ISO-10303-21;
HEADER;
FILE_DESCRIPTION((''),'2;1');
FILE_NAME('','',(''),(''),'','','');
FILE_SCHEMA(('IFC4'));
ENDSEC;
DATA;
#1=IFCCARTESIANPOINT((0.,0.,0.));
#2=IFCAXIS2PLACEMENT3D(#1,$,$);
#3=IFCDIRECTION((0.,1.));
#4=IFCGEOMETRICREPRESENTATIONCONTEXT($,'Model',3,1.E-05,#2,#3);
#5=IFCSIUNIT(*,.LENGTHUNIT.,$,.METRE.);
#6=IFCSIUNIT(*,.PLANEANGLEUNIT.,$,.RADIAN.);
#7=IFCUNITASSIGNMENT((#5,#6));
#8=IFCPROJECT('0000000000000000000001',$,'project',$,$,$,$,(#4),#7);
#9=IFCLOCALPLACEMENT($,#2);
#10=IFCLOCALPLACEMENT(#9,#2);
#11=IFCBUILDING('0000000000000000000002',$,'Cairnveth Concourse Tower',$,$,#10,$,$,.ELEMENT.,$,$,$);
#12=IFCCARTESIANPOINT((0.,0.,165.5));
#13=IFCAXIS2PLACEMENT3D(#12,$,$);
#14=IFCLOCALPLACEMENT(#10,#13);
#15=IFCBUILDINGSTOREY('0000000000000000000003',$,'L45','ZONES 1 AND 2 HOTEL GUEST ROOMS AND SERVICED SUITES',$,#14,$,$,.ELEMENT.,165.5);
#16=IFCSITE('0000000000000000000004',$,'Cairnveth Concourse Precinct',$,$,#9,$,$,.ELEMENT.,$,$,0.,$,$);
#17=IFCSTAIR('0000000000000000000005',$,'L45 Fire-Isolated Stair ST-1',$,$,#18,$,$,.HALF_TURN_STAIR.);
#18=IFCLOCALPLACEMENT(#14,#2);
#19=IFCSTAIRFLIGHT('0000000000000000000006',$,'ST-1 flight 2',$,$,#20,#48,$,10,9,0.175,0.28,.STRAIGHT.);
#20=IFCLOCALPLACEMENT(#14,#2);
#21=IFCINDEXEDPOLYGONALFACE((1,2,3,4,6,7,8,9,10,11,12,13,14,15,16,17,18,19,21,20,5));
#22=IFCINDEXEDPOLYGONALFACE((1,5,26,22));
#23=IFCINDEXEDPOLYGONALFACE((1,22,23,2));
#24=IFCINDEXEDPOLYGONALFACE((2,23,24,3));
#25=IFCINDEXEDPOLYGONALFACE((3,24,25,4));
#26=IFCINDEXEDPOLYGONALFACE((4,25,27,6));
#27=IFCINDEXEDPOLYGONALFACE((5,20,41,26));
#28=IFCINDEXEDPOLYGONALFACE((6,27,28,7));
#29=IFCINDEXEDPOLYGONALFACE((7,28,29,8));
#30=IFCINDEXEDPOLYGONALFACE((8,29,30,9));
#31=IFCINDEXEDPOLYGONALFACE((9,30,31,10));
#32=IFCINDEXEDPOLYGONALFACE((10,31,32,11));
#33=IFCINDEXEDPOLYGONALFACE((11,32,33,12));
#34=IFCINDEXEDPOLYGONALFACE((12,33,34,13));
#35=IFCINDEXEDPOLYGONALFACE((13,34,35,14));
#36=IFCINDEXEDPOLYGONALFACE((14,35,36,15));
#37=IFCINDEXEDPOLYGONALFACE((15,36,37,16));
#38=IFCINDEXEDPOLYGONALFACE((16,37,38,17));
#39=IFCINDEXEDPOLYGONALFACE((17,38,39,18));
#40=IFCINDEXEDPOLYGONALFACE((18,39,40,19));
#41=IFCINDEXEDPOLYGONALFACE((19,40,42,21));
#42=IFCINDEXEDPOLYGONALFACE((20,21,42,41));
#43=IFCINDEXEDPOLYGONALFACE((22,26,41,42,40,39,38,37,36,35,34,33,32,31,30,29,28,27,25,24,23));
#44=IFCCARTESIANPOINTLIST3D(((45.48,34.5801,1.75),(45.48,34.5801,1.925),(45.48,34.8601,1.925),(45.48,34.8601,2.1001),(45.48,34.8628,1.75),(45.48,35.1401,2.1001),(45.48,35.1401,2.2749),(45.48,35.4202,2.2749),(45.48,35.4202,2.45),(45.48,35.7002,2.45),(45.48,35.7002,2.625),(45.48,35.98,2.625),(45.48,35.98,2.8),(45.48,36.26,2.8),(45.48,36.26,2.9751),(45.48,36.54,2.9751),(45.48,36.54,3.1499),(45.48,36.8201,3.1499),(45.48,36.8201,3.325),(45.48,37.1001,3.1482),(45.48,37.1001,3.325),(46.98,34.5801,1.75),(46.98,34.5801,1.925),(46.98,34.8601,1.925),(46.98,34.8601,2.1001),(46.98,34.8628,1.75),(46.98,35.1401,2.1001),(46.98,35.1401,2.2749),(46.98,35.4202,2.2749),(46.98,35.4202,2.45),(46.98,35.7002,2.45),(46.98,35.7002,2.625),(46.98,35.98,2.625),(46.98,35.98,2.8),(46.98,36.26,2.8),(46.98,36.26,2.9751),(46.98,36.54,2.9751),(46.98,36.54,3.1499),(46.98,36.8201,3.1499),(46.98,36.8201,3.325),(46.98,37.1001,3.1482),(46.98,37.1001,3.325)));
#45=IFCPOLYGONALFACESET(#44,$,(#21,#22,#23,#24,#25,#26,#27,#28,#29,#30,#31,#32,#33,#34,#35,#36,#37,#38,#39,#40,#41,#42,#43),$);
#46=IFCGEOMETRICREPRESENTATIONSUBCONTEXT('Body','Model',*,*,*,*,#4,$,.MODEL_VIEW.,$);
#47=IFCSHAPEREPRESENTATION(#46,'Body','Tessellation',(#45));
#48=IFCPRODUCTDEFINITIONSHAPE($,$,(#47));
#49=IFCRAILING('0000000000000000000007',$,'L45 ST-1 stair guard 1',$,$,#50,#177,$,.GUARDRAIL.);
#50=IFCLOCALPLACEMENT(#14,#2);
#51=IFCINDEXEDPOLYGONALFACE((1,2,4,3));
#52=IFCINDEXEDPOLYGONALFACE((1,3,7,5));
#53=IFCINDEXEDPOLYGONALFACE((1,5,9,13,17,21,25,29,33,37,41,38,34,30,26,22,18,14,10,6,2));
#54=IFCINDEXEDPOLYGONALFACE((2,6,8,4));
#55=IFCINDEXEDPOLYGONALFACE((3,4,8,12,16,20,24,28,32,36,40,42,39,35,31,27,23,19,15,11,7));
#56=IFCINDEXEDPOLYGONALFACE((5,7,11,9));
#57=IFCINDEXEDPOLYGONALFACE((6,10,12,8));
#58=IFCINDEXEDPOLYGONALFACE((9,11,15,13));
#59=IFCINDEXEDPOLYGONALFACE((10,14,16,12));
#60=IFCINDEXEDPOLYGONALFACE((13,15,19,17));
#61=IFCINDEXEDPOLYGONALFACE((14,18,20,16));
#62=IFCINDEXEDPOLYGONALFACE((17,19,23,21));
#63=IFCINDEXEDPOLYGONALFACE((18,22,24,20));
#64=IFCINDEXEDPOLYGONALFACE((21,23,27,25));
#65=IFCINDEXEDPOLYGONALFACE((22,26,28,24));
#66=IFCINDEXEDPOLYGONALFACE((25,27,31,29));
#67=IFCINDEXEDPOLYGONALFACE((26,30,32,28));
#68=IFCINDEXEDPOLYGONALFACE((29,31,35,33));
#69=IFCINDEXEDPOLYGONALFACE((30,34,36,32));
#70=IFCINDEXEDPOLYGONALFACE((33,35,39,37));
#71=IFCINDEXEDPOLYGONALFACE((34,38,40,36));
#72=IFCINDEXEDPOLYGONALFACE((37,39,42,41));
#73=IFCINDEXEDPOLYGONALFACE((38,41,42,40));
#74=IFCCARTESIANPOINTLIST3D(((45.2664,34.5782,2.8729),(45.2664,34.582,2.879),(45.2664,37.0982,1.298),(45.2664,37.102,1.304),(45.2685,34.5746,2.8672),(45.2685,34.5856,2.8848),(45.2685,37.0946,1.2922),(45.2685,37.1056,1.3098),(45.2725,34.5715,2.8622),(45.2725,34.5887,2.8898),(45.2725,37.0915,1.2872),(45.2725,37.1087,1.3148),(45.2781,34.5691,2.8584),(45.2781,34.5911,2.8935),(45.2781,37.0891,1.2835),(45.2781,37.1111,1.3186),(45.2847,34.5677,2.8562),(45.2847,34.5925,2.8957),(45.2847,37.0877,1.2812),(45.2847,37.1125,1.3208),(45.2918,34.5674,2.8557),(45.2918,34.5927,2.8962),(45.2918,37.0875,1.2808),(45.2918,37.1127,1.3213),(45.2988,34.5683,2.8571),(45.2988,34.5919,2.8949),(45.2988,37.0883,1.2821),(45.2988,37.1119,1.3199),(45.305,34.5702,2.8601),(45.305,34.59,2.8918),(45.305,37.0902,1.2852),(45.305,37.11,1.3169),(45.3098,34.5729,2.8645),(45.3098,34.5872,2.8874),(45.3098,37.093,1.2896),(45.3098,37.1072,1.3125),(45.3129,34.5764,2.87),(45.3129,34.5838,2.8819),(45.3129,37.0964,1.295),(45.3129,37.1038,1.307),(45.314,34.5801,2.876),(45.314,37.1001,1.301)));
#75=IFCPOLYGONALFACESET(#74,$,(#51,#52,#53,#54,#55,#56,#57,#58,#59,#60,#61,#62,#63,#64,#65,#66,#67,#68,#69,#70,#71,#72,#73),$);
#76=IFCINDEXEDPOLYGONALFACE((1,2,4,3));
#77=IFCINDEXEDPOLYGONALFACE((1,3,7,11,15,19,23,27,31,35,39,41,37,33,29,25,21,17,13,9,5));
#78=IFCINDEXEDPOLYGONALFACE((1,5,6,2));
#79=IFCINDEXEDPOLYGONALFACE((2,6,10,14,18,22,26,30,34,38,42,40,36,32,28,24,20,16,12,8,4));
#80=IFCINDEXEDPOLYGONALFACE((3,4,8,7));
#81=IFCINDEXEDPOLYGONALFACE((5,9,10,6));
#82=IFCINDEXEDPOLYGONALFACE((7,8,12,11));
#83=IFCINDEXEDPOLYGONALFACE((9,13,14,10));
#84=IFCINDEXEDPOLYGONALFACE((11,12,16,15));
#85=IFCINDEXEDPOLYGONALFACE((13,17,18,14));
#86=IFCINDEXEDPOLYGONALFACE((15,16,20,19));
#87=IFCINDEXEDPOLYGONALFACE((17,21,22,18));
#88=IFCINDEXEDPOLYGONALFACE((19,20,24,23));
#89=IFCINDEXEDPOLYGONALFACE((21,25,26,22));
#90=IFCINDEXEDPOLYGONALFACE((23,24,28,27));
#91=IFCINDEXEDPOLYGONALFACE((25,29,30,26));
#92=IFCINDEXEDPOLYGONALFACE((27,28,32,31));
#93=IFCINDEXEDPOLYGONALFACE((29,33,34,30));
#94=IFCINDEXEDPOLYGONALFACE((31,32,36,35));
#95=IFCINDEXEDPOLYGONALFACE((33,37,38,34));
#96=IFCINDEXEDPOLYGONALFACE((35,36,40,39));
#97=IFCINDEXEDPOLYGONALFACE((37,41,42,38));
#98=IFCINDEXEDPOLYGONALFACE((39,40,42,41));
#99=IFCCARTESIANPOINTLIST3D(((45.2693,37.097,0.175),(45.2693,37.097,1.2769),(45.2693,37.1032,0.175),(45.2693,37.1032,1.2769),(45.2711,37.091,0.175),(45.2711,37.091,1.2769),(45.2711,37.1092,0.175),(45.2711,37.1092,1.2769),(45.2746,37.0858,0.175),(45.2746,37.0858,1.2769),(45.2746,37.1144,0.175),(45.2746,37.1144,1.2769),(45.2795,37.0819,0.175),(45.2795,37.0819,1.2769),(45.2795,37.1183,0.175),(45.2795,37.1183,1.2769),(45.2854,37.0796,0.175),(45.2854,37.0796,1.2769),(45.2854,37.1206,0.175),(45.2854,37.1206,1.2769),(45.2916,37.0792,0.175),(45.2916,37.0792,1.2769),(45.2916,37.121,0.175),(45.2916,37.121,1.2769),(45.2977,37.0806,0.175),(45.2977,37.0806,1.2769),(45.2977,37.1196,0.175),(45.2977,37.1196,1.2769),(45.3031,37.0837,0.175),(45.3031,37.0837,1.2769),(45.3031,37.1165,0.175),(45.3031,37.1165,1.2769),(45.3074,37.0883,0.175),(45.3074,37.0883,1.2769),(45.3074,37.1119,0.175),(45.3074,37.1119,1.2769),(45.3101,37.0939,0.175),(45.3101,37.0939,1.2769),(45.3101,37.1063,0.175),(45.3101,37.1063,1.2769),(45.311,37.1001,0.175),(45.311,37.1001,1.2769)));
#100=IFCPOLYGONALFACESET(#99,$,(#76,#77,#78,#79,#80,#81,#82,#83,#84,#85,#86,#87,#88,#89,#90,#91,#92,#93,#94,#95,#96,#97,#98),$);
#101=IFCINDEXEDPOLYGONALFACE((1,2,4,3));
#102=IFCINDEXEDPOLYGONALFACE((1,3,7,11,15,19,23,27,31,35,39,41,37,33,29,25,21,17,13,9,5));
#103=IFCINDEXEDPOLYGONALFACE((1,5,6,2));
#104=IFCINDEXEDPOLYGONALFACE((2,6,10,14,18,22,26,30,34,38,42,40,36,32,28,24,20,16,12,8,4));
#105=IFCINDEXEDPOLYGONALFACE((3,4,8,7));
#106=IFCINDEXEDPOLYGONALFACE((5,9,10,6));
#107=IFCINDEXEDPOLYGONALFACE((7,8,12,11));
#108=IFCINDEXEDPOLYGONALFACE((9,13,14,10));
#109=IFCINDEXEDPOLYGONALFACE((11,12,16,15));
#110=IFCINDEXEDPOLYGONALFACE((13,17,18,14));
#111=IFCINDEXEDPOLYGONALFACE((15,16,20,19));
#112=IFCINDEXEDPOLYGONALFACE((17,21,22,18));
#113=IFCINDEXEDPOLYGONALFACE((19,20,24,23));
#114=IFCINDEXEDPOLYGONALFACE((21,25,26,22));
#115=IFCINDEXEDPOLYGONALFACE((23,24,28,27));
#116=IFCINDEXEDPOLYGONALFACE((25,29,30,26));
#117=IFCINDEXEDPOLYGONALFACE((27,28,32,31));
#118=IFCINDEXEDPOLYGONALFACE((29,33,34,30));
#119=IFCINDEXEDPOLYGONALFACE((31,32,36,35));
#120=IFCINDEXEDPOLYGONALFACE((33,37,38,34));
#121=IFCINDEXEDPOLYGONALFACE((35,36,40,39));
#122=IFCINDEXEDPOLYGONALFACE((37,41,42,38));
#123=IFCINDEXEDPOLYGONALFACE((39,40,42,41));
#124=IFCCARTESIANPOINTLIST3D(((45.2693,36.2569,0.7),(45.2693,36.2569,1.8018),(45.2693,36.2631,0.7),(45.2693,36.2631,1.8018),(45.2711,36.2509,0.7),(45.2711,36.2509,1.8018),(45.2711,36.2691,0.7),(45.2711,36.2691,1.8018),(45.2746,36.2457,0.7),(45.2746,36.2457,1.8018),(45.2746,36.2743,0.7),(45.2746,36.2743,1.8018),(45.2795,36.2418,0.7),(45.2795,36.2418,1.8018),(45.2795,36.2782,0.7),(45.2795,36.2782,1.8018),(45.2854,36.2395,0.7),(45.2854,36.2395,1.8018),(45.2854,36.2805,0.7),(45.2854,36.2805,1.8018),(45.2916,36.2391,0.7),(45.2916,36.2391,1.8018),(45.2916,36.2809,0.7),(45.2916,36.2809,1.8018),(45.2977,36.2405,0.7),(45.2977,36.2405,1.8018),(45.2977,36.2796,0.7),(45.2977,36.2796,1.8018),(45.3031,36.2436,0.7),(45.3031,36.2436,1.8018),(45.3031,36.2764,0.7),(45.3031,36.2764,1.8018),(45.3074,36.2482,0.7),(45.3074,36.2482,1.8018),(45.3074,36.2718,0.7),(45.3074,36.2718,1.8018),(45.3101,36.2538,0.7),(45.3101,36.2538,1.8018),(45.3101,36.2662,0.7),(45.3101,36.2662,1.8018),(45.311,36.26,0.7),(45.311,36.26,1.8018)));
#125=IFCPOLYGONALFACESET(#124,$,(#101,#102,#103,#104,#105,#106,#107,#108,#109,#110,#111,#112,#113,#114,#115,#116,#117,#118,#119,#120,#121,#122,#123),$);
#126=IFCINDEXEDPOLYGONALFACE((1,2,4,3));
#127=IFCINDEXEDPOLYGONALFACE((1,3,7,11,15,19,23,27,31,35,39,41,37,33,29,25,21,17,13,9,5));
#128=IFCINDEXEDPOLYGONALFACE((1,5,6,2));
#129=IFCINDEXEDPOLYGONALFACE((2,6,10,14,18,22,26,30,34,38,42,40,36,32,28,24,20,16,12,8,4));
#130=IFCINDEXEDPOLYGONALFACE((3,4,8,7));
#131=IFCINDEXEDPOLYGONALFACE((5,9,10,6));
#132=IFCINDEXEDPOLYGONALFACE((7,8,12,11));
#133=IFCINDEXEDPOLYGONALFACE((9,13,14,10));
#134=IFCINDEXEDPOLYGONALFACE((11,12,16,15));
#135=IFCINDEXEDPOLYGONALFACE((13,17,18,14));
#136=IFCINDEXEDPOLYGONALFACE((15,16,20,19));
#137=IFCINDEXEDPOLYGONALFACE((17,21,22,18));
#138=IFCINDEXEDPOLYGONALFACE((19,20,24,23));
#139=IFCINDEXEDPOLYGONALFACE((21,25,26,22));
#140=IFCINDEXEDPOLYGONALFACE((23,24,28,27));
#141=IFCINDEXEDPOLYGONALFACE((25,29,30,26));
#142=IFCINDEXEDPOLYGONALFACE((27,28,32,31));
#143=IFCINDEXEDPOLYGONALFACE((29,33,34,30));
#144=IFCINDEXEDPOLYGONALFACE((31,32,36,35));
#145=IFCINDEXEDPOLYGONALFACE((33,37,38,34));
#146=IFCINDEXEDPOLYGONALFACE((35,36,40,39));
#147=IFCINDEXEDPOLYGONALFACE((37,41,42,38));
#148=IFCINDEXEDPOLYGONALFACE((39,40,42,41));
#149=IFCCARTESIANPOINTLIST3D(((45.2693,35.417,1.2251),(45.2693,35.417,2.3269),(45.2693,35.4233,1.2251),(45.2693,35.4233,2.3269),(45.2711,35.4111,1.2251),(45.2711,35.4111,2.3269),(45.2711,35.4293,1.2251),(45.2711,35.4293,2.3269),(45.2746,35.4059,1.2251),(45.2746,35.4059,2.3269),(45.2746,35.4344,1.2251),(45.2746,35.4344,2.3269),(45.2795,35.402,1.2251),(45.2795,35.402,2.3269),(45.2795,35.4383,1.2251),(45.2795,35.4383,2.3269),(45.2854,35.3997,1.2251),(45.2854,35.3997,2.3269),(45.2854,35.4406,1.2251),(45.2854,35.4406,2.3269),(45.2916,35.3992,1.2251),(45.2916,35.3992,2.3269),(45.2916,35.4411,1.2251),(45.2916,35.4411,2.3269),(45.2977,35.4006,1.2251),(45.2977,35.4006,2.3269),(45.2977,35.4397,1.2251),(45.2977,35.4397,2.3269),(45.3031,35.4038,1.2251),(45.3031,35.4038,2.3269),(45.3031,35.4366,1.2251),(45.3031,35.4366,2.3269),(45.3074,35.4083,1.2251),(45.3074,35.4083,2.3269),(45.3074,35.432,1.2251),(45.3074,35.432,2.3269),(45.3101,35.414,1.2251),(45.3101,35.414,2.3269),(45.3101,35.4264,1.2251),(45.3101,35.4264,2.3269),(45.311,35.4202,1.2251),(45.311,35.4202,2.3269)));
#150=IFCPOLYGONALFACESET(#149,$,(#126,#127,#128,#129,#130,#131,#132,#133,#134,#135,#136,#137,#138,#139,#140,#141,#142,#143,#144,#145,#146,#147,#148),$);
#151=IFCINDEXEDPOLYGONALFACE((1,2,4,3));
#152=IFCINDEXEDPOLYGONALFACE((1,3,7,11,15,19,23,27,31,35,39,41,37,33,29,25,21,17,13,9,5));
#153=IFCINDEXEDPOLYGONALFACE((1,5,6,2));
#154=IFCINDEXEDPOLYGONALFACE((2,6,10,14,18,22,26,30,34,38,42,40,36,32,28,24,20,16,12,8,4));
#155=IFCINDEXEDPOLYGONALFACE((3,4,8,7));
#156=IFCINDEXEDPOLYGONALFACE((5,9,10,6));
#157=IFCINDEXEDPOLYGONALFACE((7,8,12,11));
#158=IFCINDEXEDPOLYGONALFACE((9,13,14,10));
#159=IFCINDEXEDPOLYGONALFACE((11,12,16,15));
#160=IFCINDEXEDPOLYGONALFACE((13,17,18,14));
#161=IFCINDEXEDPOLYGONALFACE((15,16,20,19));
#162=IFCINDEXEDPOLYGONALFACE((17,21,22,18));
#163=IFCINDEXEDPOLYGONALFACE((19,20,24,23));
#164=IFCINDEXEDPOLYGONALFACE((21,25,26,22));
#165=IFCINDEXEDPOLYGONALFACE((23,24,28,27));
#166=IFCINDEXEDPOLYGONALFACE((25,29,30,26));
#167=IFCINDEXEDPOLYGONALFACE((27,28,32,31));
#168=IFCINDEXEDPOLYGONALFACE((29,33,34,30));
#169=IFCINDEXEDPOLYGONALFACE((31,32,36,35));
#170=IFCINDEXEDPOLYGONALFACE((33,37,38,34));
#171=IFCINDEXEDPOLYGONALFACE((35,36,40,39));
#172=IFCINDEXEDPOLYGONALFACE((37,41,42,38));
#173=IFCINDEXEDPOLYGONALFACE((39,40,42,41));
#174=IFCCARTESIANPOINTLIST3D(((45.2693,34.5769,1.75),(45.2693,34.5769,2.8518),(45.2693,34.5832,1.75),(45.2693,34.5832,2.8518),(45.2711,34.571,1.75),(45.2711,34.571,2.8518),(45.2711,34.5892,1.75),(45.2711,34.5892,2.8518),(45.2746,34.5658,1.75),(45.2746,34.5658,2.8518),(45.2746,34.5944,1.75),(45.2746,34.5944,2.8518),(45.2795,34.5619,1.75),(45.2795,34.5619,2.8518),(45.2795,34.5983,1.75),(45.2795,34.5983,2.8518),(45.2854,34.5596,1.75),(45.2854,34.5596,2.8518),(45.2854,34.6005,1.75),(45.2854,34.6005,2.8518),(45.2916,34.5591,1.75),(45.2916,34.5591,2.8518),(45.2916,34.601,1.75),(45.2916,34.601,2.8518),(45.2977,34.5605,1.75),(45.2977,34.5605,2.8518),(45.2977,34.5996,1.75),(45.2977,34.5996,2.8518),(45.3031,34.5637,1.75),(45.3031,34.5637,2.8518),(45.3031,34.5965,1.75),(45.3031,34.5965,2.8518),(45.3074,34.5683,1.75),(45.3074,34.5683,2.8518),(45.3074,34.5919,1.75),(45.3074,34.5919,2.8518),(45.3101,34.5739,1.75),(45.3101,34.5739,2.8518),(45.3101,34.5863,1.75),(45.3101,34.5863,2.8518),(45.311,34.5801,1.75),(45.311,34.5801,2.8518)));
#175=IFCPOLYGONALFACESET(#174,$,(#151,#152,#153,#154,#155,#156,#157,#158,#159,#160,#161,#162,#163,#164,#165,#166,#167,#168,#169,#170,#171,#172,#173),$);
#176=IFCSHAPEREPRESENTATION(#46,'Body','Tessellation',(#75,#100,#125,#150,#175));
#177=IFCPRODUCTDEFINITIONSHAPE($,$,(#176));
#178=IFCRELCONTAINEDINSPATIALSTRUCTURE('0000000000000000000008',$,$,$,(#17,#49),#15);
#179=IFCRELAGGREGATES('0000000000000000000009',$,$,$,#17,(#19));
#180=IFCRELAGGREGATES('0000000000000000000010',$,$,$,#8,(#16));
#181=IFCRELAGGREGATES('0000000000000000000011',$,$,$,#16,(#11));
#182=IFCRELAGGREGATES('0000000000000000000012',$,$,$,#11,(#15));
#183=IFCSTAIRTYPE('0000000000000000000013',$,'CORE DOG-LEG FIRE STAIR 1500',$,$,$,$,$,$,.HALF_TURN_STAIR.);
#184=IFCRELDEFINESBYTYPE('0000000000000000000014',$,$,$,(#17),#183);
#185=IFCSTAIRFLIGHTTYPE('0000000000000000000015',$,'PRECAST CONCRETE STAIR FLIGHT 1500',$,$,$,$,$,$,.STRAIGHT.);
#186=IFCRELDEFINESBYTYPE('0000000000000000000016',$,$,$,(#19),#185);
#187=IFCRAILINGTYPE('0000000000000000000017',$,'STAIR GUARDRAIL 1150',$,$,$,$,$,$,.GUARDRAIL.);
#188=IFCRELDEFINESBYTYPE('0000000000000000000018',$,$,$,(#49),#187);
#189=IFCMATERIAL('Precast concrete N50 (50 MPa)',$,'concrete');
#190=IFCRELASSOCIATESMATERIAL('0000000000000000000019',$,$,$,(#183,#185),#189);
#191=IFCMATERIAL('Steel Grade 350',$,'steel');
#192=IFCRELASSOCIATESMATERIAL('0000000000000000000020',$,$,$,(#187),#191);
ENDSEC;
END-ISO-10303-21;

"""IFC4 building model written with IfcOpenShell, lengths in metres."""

from ifc_helpers import new_model, si_unit, direction, frame, origin, origin_2d, place, context, subcontext, project, spatial, polyline, circle, outline, extrude, material, type_object, element, aggregate, save


model = new_model("IFC4")

# Units and contexts
model_context = context("Model", 3, precision=1e-05, world=origin(), true_north=direction((0.0, 1.0)))
body_context = subcontext(model_context, "Body", "Model", "MODEL_VIEW")
ifc_project = project(units=[si_unit("LENGTHUNIT", "METRE"), si_unit("PLANEANGLEUNIT", "RADIAN")], contexts=[model_context])

# Site, building, storey
site_placement = place(None, origin())
site = spatial("IfcSite", under=ifc_project, at=site_placement, Name="Cairnveth Concourse Precinct", CompositionType="ELEMENT", RefElevation=0.0)
building_placement = place(site_placement, origin())
building = spatial("IfcBuilding", under=site, at=building_placement, Name="Cairnveth Concourse Tower", CompositionType="ELEMENT")
storey_placement = place(building_placement, frame((0.0, 0.0, 165.5)))
storey = spatial("IfcBuildingStorey", under=building, at=storey_placement, Name="L45", Description="ZONES 1 AND 2 HOTEL GUEST ROOMS AND SERVICED SUITES", CompositionType="ELEMENT", Elevation=165.5)

# Shared definitions
ifc_material_1 = material(Name="Steel Grade 350", Category="steel")

# Stair, stair flight
ifc_material_2 = material(Name="Precast concrete N50 (50 MPa)", Category="concrete")
stair_type = type_object("IfcStairType", Name="CORE DOG-LEG FIRE STAIR 1500", PredefinedType="HALF_TURN_STAIR", material=ifc_material_2)
stair_placement = place(storey_placement, origin())
stair = element("IfcStair", 1, at=stair_placement, inside=storey, type_object=stair_type, Name="L45 Fire-Isolated Stair ST-1", PredefinedType="HALF_TURN_STAIR")
stair_flight_type = type_object("IfcStairFlightType", Name="PRECAST CONCRETE STAIR FLIGHT 1500", PredefinedType="STRAIGHT", material=ifc_material_2)
stair_flight_placement = place(storey_placement, frame((46.23, 34.5801, 1.75), z_axis=(0.0, 0.0, 1.0), x_axis=(0.0, 1.0, 0.0)))
stair_flight = element("IfcStairFlight", 2, at=stair_flight_placement, type_object=stair_flight_type, Name="ST-1 flight 2", NumberOfRisers=10, NumberOfTreads=9, PredefinedType="STRAIGHT", RiserHeight=0.175, TreadLength=0.28, context=body_context, shape_type="SweptSolid", body=[
    extrude(outline(polyline([(0.0, 0.0), (0.0, 0.175), (0.28, 0.175), (0.28, 0.3501), (0.5601, 0.3501), (0.5601, 0.5249), (0.8401, 0.5249), (0.8401, 0.7), (1.1201, 0.7), (1.1201, 0.875), (1.3999, 0.875), (1.3999, 1.05), (1.6799, 1.05), (1.6799, 1.2251), (1.96, 1.2251), (1.96, 1.3999), (2.24, 1.3999), (2.24, 1.575), (2.52, 1.575), (2.52, 1.75), (2.52, 1.3982), (0.2827, 0.0), (0.0, 0.0)])), frame((0.0, 0.75, 0.0), z_axis=(0.0, -1.0, 0.0), x_axis=(1.0, 0.0, 0.0)), (0.0, 0.0, 1.0), 1.5),
])
aggregate(stair, [stair_flight])

# Railing
railing_type_1 = type_object("IfcRailingType", Name="STAIR GUARDRAIL 1150", PredefinedType="GUARDRAIL", material=ifc_material_1)
railing_1_placement = place(storey_placement, frame((45.29, 37.1001, 0.175)))
element("IfcRailing", 3, at=railing_1_placement, inside=storey, type_object=railing_type_1, Name="L45 ST-1 stair guard 1", PredefinedType="GUARDRAIL", context=body_context, shape_type="SweptSolid", body=[
    extrude(circle(Radius=0.0239, at=origin_2d()), frame((0.0, 0.0, 1.126), z_axis=(0.0, -0.848008, 0.529984), x_axis=(1.0, 0.0, 0.0)), (0.0, 0.0, 1.0), 2.9717),
    extrude(circle(Radius=0.021, at=origin_2d()), origin(), (0.0, 0.0, 1.0), 1.1018),
    extrude(circle(Radius=0.021, at=origin_2d()), frame((0.0, -0.8401, 0.5249)), (0.0, 0.0, 1.0), 1.1018),
    extrude(circle(Radius=0.021, at=origin_2d()), frame((0.0, -1.6799, 1.05)), (0.0, 0.0, 1.0), 1.1018),
    extrude(circle(Radius=0.021, at=origin_2d()), frame((0.0, -2.52, 1.575)), (0.0, 0.0, 1.0), 1.1018),
])

save(model, "model.ifc")
